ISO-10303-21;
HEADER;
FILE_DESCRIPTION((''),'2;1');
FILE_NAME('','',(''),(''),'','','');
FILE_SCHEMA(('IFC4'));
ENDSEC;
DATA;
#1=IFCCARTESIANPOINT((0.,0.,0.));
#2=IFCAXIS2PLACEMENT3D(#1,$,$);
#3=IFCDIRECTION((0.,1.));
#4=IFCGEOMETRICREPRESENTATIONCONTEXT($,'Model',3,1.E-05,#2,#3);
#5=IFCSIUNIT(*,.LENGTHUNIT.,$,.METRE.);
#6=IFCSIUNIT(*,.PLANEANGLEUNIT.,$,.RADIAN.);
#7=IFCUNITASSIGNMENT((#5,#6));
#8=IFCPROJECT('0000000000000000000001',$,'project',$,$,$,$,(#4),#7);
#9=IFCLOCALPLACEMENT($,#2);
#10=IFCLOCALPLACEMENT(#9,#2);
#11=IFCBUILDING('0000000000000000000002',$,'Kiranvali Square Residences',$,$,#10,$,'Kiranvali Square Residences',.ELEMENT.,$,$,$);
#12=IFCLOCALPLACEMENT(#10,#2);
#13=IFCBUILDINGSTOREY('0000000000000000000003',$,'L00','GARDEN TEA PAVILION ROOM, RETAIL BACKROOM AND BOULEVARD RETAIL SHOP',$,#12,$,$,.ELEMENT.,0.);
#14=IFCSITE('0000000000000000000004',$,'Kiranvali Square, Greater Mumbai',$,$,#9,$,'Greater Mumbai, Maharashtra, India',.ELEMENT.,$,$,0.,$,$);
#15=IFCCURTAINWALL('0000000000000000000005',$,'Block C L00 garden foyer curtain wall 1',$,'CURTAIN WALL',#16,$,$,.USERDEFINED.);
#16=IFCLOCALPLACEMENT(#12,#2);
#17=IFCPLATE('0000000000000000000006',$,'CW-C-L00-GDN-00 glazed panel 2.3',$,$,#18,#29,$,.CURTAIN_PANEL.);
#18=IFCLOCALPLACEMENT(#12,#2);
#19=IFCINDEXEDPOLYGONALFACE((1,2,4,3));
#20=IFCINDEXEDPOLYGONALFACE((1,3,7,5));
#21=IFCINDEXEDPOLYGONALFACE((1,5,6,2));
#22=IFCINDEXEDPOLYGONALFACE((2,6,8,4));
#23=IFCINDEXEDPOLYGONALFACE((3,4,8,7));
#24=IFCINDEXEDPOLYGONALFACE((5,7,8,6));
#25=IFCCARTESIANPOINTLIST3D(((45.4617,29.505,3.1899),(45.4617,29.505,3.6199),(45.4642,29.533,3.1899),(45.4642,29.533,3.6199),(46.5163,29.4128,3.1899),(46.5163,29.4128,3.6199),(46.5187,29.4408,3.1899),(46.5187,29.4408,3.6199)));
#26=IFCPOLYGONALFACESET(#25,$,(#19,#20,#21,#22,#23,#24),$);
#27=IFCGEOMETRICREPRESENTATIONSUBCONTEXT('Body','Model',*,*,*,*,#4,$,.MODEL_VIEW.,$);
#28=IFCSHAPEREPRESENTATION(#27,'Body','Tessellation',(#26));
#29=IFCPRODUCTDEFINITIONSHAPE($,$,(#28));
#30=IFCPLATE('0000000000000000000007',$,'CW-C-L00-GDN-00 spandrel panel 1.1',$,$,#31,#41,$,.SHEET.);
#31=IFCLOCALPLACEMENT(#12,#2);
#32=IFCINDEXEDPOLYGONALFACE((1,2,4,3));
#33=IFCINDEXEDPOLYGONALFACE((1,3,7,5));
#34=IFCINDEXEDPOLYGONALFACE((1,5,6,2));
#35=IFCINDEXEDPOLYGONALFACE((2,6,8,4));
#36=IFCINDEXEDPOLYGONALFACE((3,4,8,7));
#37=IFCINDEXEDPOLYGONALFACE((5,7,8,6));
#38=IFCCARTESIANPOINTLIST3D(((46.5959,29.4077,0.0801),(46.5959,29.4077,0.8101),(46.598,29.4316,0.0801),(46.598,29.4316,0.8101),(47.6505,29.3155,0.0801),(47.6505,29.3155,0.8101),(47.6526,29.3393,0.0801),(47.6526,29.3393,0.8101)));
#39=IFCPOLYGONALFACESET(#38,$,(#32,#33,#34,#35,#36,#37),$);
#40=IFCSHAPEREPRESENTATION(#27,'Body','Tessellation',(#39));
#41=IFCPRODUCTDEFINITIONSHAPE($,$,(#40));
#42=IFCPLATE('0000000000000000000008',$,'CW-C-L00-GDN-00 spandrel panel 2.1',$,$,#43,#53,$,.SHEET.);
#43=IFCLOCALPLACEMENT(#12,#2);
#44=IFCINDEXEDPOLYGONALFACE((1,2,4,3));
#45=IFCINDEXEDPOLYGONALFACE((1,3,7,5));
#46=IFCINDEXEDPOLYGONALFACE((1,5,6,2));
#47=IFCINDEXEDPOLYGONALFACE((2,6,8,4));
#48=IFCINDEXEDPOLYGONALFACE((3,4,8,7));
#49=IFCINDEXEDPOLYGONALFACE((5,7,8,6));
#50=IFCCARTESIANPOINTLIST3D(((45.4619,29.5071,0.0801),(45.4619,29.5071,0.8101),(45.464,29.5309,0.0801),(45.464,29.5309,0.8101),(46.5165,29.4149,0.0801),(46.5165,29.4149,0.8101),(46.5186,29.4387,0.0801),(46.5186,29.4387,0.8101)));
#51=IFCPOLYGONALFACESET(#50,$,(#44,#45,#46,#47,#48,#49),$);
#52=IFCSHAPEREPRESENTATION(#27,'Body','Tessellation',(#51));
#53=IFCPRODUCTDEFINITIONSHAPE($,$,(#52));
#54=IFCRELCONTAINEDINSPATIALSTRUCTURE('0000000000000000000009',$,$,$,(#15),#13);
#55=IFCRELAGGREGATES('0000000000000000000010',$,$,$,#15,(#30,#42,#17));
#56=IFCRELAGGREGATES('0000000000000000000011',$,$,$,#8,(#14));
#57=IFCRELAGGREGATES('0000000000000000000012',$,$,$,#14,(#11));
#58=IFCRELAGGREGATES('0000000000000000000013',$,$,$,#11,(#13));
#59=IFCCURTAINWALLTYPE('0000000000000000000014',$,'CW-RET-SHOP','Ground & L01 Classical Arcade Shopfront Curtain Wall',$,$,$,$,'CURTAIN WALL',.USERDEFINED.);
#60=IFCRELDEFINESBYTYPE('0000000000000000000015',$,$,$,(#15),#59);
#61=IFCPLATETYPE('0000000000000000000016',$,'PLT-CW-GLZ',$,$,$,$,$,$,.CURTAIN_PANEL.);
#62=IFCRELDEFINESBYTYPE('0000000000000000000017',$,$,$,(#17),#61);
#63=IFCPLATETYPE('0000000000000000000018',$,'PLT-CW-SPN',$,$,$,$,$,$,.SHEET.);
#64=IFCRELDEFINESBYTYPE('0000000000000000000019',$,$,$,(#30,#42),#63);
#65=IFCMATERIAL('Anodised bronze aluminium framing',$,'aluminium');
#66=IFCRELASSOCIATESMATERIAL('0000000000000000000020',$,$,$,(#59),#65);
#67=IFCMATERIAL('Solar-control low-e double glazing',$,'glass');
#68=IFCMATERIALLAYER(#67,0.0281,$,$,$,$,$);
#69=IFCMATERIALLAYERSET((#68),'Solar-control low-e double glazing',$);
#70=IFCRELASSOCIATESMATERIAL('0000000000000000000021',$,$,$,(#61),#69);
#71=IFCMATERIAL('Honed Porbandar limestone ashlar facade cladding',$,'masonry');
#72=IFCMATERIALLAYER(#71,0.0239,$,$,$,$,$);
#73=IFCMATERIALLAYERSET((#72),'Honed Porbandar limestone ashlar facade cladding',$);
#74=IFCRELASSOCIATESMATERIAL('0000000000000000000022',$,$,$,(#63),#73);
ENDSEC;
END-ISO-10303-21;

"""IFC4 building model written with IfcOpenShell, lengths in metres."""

from ifc_helpers import new_model, si_unit, direction, frame, origin, origin_2d, place, context, subcontext, project, spatial, rectangle, extrude, material, layer, layer_set, type_object, element, aggregate, save


model = new_model("IFC4")

# Units and contexts
model_context = context("Model", 3, precision=1e-05, world=origin(), true_north=direction((0.0, 1.0)))
body_context = subcontext(model_context, "Body", "Model", "MODEL_VIEW")
ifc_project = project(units=[si_unit("LENGTHUNIT", "METRE"), si_unit("PLANEANGLEUNIT", "RADIAN")], contexts=[model_context])

# Site, building, storey
site_placement = place(None, origin())
site = spatial("IfcSite", under=ifc_project, at=site_placement, Name="Kiranvali Square, Greater Mumbai", LongName="Greater Mumbai, Maharashtra, India", CompositionType="ELEMENT", RefElevation=0.0)
building_placement = place(site_placement, origin())
building = spatial("IfcBuilding", under=site, at=building_placement, Name="Kiranvali Square Residences", LongName="Kiranvali Square Residences", CompositionType="ELEMENT")
storey_placement = place(building_placement, origin())
storey = spatial("IfcBuildingStorey", under=building, at=storey_placement, Name="L00", Description="GARDEN TEA PAVILION ROOM, RETAIL BACKROOM AND BOULEVARD RETAIL SHOP", CompositionType="ELEMENT", Elevation=0.0)

# Curtain wall
ifc_material_1 = material(Name="Anodised bronze aluminium framing", Category="aluminium")
curtain_wall_type = type_object("IfcCurtainWallType", Name="CW-RET-SHOP", Description="Ground & L01 Classical Arcade Shopfront Curtain Wall", ElementType="CURTAIN WALL", PredefinedType="USERDEFINED", material=ifc_material_1)
curtain_wall_placement = place(storey_placement, origin())
curtain_wall = element("IfcCurtainWall", 1, at=curtain_wall_placement, inside=storey, type_object=curtain_wall_type, Name="Block C L00 garden foyer curtain wall 1", ObjectType="CURTAIN WALL", PredefinedType="USERDEFINED")

# Plates
ifc_material_2 = material(Name="Solar-control low-e double glazing", Category="glass")
ifc_layer_1 = layer(ifc_material_2, 0.0281)
ifc_layer_set_1 = layer_set([ifc_layer_1], Name="Solar-control low-e double glazing")
plate_type_1 = type_object("IfcPlateType", Name="PLT-CW-GLZ", PredefinedType="CURTAIN_PANEL", material=ifc_layer_set_1)
plate_1_placement = place(storey_placement, frame((45.9902, 29.4729, 3.1899), z_axis=(0.0, 0.0, 1.0), x_axis=(-0.996195, 0.087156, 0.0)))
plate_1 = element("IfcPlate", 2, at=plate_1_placement, type_object=plate_type_1, Name="CW-C-L00-GDN-00 glazed panel 2.3", PredefinedType="CURTAIN_PANEL", context=body_context, shape_type="SweptSolid", body=[
    extrude(rectangle(XDim=1.0586, YDim=0.0281, at=origin_2d()), origin(), (0.0, 0.0, 1.0), 0.4299),
])
ifc_material_3 = material(Name="Honed Porbandar limestone ashlar facade cladding", Category="masonry")
ifc_layer_2 = layer(ifc_material_3, 0.0239)
ifc_layer_set_2 = layer_set([ifc_layer_2], Name="Honed Porbandar limestone ashlar facade cladding")
plate_type_2 = type_object("IfcPlateType", Name="PLT-CW-SPN", PredefinedType="SHEET", material=ifc_layer_set_2)
plate_2_placement = place(storey_placement, frame((47.1243, 29.3735, 0.0801), z_axis=(0.0, 0.0, 1.0), x_axis=(-0.996195, 0.087156, 0.0)))
plate_2 = element("IfcPlate", 3, at=plate_2_placement, type_object=plate_type_2, Name="CW-C-L00-GDN-00 spandrel panel 1.1", PredefinedType="SHEET", context=body_context, shape_type="SweptSolid", body=[
    extrude(rectangle(XDim=1.0586, YDim=0.0239, at=origin_2d()), origin(), (0.0, 0.0, 1.0), 0.73),
])
plate_3_placement = place(storey_placement, frame((45.9902, 29.4729, 0.0801), z_axis=(0.0, 0.0, 1.0), x_axis=(-0.996195, 0.087156, 0.0)))
plate_3 = element("IfcPlate", 4, at=plate_3_placement, type_object=plate_type_2, Name="CW-C-L00-GDN-00 spandrel panel 2.1", PredefinedType="SHEET", context=body_context, shape_type="SweptSolid", body=[
    extrude(rectangle(XDim=1.0586, YDim=0.0239, at=origin_2d()), origin(), (0.0, 0.0, 1.0), 0.73),
])
aggregate(curtain_wall, [plate_2, plate_3, plate_1])

save(model, "model.ifc")
